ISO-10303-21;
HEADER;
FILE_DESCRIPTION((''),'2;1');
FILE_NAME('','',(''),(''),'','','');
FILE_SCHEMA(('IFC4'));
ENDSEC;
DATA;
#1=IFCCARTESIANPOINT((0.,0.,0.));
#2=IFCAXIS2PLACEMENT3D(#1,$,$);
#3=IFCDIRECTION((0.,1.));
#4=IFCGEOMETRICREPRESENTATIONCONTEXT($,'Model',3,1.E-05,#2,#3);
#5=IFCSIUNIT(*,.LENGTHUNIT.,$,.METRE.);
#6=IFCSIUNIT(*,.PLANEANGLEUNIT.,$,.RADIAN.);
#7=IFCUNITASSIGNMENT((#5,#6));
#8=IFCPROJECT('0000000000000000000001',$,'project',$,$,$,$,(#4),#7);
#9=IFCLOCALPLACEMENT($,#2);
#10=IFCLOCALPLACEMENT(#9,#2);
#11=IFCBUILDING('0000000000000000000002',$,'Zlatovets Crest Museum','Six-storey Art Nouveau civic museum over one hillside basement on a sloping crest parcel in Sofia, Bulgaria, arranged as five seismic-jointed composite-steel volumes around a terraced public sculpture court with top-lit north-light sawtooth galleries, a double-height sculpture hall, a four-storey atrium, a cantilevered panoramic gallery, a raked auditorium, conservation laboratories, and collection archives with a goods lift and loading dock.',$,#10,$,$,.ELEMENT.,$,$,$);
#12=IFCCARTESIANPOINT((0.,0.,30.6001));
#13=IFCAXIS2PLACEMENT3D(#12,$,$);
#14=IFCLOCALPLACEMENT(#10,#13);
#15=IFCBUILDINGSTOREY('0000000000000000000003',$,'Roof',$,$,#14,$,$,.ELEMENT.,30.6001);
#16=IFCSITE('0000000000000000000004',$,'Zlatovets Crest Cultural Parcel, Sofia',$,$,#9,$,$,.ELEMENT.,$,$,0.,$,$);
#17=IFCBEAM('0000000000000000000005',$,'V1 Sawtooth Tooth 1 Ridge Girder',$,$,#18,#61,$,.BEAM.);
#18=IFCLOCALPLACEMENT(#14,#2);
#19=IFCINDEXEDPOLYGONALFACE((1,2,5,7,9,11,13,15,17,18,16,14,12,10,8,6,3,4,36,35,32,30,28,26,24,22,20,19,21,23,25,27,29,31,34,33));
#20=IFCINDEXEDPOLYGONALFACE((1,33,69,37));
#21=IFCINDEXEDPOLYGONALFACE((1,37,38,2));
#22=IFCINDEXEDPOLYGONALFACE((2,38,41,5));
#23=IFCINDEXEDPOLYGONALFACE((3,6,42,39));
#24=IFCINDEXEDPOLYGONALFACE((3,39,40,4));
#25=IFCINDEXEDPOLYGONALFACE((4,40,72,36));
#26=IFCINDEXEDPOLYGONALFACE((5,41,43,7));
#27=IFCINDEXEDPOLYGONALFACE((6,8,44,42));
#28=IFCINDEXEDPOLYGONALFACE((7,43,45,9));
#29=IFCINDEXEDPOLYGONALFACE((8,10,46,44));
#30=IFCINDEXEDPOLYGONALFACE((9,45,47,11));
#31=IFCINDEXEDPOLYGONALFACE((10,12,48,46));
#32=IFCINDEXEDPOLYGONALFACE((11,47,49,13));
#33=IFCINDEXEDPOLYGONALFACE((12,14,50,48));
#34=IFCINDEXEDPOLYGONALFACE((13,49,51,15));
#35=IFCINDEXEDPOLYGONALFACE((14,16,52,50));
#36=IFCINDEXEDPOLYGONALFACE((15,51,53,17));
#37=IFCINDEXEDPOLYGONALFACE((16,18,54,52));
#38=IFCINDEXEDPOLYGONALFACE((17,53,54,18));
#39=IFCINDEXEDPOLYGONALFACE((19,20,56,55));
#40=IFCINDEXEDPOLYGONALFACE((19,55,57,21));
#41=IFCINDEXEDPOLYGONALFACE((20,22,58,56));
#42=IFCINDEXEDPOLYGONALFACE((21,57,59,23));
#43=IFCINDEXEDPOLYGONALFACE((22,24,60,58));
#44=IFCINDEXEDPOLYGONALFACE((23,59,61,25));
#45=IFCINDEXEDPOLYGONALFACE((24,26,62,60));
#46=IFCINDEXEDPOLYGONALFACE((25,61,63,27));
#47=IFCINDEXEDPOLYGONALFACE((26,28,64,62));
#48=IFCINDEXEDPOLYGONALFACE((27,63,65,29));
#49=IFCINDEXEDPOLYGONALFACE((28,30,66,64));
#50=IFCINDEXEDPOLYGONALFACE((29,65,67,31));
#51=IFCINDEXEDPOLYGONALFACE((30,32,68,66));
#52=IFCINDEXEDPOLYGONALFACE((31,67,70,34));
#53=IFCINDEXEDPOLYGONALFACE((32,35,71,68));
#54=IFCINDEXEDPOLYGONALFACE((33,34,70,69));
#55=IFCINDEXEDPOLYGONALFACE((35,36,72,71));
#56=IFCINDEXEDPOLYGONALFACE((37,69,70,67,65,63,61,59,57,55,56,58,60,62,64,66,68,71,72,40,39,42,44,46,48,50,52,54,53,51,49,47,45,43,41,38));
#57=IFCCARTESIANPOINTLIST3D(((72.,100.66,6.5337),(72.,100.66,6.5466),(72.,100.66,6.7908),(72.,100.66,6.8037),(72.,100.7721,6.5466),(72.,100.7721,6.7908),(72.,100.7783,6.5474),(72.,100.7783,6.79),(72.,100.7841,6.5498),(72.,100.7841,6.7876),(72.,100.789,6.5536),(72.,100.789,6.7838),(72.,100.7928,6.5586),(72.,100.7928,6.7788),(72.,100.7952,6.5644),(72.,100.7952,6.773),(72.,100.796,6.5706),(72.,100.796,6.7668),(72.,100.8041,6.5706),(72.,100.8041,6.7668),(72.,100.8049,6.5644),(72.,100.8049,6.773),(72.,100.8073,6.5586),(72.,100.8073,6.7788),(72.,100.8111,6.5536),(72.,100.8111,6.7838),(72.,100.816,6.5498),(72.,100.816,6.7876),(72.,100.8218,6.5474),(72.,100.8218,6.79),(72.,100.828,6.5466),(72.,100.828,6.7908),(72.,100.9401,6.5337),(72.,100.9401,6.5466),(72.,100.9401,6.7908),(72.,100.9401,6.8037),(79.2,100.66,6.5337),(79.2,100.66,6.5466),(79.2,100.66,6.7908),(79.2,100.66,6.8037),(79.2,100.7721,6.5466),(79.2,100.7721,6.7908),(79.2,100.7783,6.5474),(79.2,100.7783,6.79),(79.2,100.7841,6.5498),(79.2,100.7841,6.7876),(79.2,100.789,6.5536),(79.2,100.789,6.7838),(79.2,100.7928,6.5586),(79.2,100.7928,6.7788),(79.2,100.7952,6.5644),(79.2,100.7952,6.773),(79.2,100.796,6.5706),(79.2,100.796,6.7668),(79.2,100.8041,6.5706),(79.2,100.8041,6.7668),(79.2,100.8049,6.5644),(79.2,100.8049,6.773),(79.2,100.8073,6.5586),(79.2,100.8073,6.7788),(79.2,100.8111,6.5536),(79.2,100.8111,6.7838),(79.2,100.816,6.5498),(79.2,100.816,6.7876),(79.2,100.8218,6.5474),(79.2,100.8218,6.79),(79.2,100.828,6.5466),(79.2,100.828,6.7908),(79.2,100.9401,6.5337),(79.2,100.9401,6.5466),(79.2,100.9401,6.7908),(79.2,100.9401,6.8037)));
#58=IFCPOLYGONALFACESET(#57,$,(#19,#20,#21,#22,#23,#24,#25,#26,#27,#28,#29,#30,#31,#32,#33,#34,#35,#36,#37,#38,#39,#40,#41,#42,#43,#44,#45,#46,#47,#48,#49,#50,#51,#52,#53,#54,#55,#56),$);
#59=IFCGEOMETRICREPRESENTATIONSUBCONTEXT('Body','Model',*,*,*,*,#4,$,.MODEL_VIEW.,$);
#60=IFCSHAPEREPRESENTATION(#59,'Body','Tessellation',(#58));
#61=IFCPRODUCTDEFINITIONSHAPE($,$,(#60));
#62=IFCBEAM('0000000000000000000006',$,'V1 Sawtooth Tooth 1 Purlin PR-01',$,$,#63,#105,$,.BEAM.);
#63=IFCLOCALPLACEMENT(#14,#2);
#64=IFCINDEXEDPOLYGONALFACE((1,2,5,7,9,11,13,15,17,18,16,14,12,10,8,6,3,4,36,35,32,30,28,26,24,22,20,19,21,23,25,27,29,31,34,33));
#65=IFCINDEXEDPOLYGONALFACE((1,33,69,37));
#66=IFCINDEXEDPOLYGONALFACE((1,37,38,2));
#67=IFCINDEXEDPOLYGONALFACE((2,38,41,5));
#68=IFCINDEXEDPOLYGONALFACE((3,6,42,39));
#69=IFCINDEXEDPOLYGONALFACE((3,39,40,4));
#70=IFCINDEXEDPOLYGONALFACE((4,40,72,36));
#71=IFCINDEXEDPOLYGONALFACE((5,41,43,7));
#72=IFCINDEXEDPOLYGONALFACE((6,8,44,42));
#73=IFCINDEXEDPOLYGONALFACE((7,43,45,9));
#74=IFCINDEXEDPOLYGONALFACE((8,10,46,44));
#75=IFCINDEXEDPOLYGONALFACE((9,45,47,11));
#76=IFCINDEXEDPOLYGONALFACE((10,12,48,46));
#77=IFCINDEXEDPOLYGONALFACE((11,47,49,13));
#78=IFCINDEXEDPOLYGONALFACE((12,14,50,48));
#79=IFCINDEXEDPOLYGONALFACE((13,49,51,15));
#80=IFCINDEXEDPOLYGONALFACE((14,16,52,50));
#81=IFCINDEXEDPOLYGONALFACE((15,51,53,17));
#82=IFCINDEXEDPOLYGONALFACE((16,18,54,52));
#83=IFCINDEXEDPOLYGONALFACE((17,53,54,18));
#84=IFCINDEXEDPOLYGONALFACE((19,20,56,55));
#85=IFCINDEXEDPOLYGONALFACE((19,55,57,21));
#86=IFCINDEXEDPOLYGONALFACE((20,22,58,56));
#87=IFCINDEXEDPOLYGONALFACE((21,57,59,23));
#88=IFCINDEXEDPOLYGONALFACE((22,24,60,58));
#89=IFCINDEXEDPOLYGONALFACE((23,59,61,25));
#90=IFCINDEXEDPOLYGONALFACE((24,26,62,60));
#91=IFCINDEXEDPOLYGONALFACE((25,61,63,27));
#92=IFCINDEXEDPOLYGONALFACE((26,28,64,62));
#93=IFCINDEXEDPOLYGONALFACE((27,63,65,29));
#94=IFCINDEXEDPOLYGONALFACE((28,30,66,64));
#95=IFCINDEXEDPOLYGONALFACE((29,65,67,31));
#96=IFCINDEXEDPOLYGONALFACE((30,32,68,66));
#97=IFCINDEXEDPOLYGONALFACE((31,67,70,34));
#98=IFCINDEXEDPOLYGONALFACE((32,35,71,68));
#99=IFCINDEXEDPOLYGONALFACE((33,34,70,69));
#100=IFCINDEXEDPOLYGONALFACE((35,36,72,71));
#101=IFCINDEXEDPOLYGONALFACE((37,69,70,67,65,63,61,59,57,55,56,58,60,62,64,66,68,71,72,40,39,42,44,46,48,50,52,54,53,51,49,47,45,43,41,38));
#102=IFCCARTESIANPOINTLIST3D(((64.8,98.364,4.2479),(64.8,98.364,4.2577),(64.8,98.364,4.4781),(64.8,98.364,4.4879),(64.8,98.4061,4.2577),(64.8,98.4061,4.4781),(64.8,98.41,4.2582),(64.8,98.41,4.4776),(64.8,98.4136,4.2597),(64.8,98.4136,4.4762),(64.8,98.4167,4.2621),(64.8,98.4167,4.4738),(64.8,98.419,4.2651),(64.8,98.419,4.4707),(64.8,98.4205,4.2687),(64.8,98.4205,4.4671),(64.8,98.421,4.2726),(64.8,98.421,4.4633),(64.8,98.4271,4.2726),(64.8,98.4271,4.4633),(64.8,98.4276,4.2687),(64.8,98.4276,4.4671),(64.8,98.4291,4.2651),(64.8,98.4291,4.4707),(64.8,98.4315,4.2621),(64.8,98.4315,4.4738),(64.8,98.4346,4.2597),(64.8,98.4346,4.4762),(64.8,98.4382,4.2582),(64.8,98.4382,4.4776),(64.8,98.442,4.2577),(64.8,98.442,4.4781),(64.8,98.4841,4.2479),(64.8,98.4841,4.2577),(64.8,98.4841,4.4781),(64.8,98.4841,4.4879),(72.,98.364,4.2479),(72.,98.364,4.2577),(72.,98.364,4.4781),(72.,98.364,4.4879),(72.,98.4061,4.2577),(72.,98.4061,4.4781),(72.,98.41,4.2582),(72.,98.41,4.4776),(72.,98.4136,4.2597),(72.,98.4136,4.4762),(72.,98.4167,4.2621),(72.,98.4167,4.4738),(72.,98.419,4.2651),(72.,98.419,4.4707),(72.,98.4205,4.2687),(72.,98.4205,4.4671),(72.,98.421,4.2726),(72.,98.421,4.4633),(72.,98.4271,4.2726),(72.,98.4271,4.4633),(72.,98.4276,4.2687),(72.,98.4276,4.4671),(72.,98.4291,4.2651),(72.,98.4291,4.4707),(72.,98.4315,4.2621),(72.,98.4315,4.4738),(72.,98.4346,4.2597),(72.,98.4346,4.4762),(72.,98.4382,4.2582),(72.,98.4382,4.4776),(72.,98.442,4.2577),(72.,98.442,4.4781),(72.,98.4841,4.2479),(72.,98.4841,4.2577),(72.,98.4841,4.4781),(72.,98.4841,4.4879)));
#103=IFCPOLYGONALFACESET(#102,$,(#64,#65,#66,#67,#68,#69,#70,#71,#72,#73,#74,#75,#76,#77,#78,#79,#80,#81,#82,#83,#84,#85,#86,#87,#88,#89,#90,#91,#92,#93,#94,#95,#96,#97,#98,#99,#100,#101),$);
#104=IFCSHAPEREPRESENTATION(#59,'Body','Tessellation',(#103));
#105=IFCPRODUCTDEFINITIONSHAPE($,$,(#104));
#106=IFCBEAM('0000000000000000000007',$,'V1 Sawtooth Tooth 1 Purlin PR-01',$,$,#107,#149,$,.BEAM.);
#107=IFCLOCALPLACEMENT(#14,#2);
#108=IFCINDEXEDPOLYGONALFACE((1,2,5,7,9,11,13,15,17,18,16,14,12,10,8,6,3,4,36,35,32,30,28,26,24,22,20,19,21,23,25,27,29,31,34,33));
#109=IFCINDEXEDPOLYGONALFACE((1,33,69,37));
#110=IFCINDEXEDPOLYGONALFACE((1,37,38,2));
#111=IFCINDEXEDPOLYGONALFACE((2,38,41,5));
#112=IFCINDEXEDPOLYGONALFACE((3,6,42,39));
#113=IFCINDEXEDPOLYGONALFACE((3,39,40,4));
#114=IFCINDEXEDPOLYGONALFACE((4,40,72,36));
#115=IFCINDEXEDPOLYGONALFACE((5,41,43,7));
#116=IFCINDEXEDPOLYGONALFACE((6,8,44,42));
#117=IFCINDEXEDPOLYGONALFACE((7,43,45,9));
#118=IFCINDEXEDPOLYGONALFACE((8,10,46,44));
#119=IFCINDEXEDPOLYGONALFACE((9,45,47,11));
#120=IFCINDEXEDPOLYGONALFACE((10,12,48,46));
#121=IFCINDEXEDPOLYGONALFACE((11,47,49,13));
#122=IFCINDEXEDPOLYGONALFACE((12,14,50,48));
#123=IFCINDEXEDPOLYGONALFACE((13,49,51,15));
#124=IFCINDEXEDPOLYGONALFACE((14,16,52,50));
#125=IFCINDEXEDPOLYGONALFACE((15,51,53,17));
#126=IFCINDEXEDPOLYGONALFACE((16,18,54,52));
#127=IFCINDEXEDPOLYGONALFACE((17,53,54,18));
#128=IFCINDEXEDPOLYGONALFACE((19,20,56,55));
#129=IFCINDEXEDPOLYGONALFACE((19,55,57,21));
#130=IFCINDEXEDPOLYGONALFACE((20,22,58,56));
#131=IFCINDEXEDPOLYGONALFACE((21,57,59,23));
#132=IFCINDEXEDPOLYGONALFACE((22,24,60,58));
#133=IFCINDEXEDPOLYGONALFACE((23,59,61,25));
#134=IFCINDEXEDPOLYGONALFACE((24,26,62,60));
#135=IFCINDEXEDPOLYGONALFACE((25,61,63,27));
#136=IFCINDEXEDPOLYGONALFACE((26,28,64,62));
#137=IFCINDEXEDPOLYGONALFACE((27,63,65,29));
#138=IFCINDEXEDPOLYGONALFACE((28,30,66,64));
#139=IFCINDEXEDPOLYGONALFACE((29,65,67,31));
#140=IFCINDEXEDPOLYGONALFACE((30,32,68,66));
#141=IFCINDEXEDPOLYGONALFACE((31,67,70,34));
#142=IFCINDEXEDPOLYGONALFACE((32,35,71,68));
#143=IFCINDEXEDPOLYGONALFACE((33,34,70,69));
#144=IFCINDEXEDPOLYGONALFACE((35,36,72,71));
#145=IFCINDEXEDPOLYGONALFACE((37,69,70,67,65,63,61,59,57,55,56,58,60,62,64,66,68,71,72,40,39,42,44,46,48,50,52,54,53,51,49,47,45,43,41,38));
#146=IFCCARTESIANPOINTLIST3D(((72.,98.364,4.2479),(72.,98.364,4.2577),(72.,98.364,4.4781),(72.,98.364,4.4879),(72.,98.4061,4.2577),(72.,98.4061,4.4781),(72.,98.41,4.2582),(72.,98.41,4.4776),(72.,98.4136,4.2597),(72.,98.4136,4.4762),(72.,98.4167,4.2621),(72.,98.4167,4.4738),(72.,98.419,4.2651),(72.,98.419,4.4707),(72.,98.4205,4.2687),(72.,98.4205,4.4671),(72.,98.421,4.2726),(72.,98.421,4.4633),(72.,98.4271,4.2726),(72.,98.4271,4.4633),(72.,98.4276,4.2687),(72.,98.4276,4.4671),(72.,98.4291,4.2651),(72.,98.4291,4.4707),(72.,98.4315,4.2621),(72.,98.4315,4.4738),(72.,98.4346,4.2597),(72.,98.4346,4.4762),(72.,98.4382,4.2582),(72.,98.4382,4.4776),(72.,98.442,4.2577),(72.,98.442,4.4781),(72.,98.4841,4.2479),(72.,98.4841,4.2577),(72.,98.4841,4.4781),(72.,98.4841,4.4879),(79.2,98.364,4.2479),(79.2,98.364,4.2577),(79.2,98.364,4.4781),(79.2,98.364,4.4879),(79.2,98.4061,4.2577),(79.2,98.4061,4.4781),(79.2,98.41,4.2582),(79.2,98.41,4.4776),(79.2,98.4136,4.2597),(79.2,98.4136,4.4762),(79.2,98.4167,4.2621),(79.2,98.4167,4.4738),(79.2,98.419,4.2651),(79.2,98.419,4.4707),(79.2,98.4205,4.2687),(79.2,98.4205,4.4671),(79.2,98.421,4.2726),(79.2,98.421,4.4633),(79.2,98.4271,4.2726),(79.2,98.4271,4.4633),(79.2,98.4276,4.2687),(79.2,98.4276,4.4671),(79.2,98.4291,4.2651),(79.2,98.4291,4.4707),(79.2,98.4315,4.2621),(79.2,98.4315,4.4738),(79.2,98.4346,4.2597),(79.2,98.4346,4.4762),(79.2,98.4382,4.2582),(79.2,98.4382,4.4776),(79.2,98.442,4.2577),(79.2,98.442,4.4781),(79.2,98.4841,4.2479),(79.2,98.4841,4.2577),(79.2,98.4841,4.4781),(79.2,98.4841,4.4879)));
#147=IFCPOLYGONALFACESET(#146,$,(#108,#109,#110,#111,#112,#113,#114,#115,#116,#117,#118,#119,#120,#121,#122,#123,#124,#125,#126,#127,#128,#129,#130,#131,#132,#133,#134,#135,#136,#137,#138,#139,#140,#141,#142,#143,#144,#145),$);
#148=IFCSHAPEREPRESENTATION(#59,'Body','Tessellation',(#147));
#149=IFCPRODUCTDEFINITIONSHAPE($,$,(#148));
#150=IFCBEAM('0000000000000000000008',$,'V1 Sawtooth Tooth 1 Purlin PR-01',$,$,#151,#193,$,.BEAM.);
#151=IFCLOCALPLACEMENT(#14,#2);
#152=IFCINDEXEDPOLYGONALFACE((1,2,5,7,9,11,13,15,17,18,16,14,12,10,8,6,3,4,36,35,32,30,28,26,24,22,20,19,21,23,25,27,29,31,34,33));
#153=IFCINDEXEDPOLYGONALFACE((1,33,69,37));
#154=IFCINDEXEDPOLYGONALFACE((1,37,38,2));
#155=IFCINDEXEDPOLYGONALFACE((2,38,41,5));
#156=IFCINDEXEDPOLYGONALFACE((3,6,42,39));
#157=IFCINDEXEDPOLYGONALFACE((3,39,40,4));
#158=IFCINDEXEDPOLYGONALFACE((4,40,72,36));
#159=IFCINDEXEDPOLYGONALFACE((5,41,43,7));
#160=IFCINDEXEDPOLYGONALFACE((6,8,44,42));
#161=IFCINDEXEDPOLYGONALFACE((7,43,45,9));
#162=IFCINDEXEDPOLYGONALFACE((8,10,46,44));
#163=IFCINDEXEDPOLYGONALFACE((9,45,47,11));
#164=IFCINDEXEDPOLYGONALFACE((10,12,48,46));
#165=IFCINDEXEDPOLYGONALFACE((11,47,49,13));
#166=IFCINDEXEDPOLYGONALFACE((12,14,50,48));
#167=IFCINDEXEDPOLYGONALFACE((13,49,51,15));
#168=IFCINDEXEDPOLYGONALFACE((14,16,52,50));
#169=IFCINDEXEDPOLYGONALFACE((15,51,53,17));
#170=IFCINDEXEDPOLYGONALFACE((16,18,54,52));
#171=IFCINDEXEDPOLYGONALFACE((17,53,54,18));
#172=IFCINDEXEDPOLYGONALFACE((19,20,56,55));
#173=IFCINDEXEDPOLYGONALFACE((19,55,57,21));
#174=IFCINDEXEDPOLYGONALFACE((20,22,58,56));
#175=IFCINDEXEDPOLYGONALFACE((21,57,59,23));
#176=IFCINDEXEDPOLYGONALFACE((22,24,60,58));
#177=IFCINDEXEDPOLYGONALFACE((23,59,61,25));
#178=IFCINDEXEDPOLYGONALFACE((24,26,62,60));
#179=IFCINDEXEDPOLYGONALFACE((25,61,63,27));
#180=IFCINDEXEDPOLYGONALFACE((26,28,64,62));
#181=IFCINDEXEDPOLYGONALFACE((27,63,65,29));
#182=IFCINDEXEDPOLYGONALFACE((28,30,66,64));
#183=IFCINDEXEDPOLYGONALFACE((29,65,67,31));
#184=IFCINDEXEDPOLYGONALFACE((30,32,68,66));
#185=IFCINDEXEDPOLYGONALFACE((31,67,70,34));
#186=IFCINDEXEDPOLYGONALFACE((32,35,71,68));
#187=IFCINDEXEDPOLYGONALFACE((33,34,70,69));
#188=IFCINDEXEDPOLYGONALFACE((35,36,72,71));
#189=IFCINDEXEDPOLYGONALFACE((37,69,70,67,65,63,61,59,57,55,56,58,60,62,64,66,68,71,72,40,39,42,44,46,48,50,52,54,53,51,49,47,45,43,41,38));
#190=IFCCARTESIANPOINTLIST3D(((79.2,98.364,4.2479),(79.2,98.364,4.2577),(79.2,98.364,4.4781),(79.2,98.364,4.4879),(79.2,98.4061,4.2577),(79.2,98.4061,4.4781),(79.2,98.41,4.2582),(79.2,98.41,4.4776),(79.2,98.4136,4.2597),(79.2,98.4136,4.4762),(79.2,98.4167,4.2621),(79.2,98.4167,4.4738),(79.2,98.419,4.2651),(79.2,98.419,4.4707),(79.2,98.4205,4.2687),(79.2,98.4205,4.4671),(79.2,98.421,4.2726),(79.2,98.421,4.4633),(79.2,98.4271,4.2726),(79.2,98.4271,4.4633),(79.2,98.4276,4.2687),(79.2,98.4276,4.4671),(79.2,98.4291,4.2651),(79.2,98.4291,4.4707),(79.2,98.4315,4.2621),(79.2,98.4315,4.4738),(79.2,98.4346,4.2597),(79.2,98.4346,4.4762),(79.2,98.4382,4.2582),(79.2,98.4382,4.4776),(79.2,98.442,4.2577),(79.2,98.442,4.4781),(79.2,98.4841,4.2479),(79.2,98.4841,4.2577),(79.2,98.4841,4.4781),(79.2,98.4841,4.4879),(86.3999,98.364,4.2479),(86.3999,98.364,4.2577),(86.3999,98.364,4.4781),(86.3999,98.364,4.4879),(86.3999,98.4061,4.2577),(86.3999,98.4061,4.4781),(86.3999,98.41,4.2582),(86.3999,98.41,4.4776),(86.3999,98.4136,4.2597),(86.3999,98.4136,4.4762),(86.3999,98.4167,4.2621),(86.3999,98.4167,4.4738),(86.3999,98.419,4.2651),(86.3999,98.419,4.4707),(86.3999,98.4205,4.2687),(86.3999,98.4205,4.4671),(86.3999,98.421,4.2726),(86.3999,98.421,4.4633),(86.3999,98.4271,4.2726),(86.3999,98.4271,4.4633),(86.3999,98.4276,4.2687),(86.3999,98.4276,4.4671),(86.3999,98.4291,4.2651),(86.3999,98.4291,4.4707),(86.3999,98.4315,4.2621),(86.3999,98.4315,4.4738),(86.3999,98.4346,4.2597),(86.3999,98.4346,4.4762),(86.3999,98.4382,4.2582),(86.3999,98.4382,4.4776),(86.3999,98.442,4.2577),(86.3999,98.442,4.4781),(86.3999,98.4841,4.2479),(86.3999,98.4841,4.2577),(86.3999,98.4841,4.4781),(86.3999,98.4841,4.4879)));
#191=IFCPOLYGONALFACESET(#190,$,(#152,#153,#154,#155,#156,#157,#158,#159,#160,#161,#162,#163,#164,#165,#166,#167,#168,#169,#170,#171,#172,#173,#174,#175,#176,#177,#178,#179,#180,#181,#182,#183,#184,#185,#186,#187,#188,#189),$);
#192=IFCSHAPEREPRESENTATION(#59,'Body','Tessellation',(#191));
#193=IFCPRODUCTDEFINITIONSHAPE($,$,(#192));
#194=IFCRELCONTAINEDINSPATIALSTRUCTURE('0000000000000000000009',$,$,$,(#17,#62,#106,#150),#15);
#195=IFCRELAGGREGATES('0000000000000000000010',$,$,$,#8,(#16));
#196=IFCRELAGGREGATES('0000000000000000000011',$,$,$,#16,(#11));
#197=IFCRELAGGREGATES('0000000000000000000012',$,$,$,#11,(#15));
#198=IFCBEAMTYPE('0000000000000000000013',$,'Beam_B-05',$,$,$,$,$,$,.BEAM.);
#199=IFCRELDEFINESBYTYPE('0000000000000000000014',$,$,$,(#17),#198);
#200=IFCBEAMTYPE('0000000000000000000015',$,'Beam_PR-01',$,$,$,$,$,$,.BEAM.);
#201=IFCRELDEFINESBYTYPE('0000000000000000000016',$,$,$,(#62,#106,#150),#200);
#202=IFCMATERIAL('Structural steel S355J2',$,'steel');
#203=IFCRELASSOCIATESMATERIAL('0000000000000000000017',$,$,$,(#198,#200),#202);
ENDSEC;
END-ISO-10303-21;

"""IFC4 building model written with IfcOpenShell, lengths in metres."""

from ifc_helpers import new_model, si_unit, direction, frame, origin, origin_2d, place, context, subcontext, project, spatial, i_section, extrude, material, material_profile, profile_set, type_object, element, save


model = new_model("IFC4")

# Units and contexts
model_context = context("Model", 3, precision=1e-05, world=origin(), true_north=direction((0.0, 1.0)))
body_context = subcontext(model_context, "Body", "Model", "MODEL_VIEW")
ifc_project = project(units=[si_unit("LENGTHUNIT", "METRE"), si_unit("PLANEANGLEUNIT", "RADIAN")], contexts=[model_context])

# Site, building, storey
site_placement = place(None, origin())
site = spatial("IfcSite", under=ifc_project, at=site_placement, Name="Zlatovets Crest Cultural Parcel, Sofia", CompositionType="ELEMENT", RefElevation=0.0)
building_placement = place(site_placement, origin())
building = spatial("IfcBuilding", under=site, at=building_placement, Name="Zlatovets Crest Museum", Description="Six-storey Art Nouveau civic museum over one hillside basement on a sloping crest parcel in Sofia, Bulgaria, arranged as five seismic-jointed composite-steel volumes around a terraced public sculpture court with top-lit north-light sawtooth galleries, a double-height sculpture hall, a four-storey atrium, a cantilevered panoramic gallery, a raked auditorium, conservation laboratories, and collection archives with a goods lift and loading dock.", CompositionType="ELEMENT")
storey_placement = place(building_placement, frame((0.0, 0.0, 30.6001)))
storey = spatial("IfcBuildingStorey", under=building, at=storey_placement, Name="Roof", CompositionType="ELEMENT", Elevation=30.6001)

# Beams
ifc_material_1 = material(Name="Structural steel S355J2", Category="steel")
ifc_material_profile_1 = material_profile(ifc_material_1, i_section(OverallWidth=0.28, OverallDepth=0.27, WebThickness=0.0081, FlangeThickness=0.0129, FilletRadius=0.0239, at=origin_2d()), Name="HEA 280")
ifc_profile_set_1 = profile_set([ifc_material_profile_1], Name="Structural steel S355J2")
beam_type_1 = type_object("IfcBeamType", Name="Beam_B-05", PredefinedType="BEAM", material=ifc_profile_set_1)
for number, where, z_axis, x_axis, name in (
    (1, (72.0, 100.8, 6.6687), (1.0, 0.0, 0.0), (0.0, 1.0, 0.0), "V1 Sawtooth Tooth 1 Ridge Girder"),
):
    element("IfcBeam", number, at=place(storey_placement, frame(where, z_axis=z_axis, x_axis=x_axis)), inside=storey, type_object=beam_type_1, Name=name, PredefinedType="BEAM", context=body_context, shape_type="SweptSolid", body=[
        extrude(i_section(OverallWidth=0.28, OverallDepth=0.27, WebThickness=0.0081, FlangeThickness=0.0129, FilletRadius=0.0239, at=origin_2d()), origin(), (0.0, 0.0, 1.0), 7.2),
    ])
ifc_material_profile_2 = material_profile(ifc_material_1, i_section(OverallWidth=0.1201, OverallDepth=0.24, WebThickness=0.0061, FlangeThickness=0.0098, FilletRadius=0.0149, at=origin_2d()), Name="IPE 240")
ifc_profile_set_2 = profile_set([ifc_material_profile_2], Name="Structural steel S355J2")
beam_type_2 = type_object("IfcBeamType", Name="Beam_PR-01", PredefinedType="BEAM", material=ifc_profile_set_2)
for number, where, z_axis, x_axis, name in (
    (2, (64.8, 98.4241, 4.3679), (1.0, 0.0, 0.0), (0.0, 1.0, 0.0), "V1 Sawtooth Tooth 1 Purlin PR-01"),
    (3, (72.0, 98.4241, 4.3679), (1.0, 0.0, 0.0), (0.0, 1.0, 0.0), "V1 Sawtooth Tooth 1 Purlin PR-01"),
    (4, (79.2, 98.4241, 4.3679), (1.0, 0.0, 0.0), (0.0, 1.0, 0.0), "V1 Sawtooth Tooth 1 Purlin PR-01"),
):
    element("IfcBeam", number, at=place(storey_placement, frame(where, z_axis=z_axis, x_axis=x_axis)), inside=storey, type_object=beam_type_2, Name=name, PredefinedType="BEAM", context=body_context, shape_type="SweptSolid", body=[
        extrude(i_section(OverallWidth=0.1201, OverallDepth=0.24, WebThickness=0.0061, FlangeThickness=0.0098, FilletRadius=0.0149, at=origin_2d()), origin(), (0.0, 0.0, 1.0), 7.2),
    ])

save(model, "model.ifc")
